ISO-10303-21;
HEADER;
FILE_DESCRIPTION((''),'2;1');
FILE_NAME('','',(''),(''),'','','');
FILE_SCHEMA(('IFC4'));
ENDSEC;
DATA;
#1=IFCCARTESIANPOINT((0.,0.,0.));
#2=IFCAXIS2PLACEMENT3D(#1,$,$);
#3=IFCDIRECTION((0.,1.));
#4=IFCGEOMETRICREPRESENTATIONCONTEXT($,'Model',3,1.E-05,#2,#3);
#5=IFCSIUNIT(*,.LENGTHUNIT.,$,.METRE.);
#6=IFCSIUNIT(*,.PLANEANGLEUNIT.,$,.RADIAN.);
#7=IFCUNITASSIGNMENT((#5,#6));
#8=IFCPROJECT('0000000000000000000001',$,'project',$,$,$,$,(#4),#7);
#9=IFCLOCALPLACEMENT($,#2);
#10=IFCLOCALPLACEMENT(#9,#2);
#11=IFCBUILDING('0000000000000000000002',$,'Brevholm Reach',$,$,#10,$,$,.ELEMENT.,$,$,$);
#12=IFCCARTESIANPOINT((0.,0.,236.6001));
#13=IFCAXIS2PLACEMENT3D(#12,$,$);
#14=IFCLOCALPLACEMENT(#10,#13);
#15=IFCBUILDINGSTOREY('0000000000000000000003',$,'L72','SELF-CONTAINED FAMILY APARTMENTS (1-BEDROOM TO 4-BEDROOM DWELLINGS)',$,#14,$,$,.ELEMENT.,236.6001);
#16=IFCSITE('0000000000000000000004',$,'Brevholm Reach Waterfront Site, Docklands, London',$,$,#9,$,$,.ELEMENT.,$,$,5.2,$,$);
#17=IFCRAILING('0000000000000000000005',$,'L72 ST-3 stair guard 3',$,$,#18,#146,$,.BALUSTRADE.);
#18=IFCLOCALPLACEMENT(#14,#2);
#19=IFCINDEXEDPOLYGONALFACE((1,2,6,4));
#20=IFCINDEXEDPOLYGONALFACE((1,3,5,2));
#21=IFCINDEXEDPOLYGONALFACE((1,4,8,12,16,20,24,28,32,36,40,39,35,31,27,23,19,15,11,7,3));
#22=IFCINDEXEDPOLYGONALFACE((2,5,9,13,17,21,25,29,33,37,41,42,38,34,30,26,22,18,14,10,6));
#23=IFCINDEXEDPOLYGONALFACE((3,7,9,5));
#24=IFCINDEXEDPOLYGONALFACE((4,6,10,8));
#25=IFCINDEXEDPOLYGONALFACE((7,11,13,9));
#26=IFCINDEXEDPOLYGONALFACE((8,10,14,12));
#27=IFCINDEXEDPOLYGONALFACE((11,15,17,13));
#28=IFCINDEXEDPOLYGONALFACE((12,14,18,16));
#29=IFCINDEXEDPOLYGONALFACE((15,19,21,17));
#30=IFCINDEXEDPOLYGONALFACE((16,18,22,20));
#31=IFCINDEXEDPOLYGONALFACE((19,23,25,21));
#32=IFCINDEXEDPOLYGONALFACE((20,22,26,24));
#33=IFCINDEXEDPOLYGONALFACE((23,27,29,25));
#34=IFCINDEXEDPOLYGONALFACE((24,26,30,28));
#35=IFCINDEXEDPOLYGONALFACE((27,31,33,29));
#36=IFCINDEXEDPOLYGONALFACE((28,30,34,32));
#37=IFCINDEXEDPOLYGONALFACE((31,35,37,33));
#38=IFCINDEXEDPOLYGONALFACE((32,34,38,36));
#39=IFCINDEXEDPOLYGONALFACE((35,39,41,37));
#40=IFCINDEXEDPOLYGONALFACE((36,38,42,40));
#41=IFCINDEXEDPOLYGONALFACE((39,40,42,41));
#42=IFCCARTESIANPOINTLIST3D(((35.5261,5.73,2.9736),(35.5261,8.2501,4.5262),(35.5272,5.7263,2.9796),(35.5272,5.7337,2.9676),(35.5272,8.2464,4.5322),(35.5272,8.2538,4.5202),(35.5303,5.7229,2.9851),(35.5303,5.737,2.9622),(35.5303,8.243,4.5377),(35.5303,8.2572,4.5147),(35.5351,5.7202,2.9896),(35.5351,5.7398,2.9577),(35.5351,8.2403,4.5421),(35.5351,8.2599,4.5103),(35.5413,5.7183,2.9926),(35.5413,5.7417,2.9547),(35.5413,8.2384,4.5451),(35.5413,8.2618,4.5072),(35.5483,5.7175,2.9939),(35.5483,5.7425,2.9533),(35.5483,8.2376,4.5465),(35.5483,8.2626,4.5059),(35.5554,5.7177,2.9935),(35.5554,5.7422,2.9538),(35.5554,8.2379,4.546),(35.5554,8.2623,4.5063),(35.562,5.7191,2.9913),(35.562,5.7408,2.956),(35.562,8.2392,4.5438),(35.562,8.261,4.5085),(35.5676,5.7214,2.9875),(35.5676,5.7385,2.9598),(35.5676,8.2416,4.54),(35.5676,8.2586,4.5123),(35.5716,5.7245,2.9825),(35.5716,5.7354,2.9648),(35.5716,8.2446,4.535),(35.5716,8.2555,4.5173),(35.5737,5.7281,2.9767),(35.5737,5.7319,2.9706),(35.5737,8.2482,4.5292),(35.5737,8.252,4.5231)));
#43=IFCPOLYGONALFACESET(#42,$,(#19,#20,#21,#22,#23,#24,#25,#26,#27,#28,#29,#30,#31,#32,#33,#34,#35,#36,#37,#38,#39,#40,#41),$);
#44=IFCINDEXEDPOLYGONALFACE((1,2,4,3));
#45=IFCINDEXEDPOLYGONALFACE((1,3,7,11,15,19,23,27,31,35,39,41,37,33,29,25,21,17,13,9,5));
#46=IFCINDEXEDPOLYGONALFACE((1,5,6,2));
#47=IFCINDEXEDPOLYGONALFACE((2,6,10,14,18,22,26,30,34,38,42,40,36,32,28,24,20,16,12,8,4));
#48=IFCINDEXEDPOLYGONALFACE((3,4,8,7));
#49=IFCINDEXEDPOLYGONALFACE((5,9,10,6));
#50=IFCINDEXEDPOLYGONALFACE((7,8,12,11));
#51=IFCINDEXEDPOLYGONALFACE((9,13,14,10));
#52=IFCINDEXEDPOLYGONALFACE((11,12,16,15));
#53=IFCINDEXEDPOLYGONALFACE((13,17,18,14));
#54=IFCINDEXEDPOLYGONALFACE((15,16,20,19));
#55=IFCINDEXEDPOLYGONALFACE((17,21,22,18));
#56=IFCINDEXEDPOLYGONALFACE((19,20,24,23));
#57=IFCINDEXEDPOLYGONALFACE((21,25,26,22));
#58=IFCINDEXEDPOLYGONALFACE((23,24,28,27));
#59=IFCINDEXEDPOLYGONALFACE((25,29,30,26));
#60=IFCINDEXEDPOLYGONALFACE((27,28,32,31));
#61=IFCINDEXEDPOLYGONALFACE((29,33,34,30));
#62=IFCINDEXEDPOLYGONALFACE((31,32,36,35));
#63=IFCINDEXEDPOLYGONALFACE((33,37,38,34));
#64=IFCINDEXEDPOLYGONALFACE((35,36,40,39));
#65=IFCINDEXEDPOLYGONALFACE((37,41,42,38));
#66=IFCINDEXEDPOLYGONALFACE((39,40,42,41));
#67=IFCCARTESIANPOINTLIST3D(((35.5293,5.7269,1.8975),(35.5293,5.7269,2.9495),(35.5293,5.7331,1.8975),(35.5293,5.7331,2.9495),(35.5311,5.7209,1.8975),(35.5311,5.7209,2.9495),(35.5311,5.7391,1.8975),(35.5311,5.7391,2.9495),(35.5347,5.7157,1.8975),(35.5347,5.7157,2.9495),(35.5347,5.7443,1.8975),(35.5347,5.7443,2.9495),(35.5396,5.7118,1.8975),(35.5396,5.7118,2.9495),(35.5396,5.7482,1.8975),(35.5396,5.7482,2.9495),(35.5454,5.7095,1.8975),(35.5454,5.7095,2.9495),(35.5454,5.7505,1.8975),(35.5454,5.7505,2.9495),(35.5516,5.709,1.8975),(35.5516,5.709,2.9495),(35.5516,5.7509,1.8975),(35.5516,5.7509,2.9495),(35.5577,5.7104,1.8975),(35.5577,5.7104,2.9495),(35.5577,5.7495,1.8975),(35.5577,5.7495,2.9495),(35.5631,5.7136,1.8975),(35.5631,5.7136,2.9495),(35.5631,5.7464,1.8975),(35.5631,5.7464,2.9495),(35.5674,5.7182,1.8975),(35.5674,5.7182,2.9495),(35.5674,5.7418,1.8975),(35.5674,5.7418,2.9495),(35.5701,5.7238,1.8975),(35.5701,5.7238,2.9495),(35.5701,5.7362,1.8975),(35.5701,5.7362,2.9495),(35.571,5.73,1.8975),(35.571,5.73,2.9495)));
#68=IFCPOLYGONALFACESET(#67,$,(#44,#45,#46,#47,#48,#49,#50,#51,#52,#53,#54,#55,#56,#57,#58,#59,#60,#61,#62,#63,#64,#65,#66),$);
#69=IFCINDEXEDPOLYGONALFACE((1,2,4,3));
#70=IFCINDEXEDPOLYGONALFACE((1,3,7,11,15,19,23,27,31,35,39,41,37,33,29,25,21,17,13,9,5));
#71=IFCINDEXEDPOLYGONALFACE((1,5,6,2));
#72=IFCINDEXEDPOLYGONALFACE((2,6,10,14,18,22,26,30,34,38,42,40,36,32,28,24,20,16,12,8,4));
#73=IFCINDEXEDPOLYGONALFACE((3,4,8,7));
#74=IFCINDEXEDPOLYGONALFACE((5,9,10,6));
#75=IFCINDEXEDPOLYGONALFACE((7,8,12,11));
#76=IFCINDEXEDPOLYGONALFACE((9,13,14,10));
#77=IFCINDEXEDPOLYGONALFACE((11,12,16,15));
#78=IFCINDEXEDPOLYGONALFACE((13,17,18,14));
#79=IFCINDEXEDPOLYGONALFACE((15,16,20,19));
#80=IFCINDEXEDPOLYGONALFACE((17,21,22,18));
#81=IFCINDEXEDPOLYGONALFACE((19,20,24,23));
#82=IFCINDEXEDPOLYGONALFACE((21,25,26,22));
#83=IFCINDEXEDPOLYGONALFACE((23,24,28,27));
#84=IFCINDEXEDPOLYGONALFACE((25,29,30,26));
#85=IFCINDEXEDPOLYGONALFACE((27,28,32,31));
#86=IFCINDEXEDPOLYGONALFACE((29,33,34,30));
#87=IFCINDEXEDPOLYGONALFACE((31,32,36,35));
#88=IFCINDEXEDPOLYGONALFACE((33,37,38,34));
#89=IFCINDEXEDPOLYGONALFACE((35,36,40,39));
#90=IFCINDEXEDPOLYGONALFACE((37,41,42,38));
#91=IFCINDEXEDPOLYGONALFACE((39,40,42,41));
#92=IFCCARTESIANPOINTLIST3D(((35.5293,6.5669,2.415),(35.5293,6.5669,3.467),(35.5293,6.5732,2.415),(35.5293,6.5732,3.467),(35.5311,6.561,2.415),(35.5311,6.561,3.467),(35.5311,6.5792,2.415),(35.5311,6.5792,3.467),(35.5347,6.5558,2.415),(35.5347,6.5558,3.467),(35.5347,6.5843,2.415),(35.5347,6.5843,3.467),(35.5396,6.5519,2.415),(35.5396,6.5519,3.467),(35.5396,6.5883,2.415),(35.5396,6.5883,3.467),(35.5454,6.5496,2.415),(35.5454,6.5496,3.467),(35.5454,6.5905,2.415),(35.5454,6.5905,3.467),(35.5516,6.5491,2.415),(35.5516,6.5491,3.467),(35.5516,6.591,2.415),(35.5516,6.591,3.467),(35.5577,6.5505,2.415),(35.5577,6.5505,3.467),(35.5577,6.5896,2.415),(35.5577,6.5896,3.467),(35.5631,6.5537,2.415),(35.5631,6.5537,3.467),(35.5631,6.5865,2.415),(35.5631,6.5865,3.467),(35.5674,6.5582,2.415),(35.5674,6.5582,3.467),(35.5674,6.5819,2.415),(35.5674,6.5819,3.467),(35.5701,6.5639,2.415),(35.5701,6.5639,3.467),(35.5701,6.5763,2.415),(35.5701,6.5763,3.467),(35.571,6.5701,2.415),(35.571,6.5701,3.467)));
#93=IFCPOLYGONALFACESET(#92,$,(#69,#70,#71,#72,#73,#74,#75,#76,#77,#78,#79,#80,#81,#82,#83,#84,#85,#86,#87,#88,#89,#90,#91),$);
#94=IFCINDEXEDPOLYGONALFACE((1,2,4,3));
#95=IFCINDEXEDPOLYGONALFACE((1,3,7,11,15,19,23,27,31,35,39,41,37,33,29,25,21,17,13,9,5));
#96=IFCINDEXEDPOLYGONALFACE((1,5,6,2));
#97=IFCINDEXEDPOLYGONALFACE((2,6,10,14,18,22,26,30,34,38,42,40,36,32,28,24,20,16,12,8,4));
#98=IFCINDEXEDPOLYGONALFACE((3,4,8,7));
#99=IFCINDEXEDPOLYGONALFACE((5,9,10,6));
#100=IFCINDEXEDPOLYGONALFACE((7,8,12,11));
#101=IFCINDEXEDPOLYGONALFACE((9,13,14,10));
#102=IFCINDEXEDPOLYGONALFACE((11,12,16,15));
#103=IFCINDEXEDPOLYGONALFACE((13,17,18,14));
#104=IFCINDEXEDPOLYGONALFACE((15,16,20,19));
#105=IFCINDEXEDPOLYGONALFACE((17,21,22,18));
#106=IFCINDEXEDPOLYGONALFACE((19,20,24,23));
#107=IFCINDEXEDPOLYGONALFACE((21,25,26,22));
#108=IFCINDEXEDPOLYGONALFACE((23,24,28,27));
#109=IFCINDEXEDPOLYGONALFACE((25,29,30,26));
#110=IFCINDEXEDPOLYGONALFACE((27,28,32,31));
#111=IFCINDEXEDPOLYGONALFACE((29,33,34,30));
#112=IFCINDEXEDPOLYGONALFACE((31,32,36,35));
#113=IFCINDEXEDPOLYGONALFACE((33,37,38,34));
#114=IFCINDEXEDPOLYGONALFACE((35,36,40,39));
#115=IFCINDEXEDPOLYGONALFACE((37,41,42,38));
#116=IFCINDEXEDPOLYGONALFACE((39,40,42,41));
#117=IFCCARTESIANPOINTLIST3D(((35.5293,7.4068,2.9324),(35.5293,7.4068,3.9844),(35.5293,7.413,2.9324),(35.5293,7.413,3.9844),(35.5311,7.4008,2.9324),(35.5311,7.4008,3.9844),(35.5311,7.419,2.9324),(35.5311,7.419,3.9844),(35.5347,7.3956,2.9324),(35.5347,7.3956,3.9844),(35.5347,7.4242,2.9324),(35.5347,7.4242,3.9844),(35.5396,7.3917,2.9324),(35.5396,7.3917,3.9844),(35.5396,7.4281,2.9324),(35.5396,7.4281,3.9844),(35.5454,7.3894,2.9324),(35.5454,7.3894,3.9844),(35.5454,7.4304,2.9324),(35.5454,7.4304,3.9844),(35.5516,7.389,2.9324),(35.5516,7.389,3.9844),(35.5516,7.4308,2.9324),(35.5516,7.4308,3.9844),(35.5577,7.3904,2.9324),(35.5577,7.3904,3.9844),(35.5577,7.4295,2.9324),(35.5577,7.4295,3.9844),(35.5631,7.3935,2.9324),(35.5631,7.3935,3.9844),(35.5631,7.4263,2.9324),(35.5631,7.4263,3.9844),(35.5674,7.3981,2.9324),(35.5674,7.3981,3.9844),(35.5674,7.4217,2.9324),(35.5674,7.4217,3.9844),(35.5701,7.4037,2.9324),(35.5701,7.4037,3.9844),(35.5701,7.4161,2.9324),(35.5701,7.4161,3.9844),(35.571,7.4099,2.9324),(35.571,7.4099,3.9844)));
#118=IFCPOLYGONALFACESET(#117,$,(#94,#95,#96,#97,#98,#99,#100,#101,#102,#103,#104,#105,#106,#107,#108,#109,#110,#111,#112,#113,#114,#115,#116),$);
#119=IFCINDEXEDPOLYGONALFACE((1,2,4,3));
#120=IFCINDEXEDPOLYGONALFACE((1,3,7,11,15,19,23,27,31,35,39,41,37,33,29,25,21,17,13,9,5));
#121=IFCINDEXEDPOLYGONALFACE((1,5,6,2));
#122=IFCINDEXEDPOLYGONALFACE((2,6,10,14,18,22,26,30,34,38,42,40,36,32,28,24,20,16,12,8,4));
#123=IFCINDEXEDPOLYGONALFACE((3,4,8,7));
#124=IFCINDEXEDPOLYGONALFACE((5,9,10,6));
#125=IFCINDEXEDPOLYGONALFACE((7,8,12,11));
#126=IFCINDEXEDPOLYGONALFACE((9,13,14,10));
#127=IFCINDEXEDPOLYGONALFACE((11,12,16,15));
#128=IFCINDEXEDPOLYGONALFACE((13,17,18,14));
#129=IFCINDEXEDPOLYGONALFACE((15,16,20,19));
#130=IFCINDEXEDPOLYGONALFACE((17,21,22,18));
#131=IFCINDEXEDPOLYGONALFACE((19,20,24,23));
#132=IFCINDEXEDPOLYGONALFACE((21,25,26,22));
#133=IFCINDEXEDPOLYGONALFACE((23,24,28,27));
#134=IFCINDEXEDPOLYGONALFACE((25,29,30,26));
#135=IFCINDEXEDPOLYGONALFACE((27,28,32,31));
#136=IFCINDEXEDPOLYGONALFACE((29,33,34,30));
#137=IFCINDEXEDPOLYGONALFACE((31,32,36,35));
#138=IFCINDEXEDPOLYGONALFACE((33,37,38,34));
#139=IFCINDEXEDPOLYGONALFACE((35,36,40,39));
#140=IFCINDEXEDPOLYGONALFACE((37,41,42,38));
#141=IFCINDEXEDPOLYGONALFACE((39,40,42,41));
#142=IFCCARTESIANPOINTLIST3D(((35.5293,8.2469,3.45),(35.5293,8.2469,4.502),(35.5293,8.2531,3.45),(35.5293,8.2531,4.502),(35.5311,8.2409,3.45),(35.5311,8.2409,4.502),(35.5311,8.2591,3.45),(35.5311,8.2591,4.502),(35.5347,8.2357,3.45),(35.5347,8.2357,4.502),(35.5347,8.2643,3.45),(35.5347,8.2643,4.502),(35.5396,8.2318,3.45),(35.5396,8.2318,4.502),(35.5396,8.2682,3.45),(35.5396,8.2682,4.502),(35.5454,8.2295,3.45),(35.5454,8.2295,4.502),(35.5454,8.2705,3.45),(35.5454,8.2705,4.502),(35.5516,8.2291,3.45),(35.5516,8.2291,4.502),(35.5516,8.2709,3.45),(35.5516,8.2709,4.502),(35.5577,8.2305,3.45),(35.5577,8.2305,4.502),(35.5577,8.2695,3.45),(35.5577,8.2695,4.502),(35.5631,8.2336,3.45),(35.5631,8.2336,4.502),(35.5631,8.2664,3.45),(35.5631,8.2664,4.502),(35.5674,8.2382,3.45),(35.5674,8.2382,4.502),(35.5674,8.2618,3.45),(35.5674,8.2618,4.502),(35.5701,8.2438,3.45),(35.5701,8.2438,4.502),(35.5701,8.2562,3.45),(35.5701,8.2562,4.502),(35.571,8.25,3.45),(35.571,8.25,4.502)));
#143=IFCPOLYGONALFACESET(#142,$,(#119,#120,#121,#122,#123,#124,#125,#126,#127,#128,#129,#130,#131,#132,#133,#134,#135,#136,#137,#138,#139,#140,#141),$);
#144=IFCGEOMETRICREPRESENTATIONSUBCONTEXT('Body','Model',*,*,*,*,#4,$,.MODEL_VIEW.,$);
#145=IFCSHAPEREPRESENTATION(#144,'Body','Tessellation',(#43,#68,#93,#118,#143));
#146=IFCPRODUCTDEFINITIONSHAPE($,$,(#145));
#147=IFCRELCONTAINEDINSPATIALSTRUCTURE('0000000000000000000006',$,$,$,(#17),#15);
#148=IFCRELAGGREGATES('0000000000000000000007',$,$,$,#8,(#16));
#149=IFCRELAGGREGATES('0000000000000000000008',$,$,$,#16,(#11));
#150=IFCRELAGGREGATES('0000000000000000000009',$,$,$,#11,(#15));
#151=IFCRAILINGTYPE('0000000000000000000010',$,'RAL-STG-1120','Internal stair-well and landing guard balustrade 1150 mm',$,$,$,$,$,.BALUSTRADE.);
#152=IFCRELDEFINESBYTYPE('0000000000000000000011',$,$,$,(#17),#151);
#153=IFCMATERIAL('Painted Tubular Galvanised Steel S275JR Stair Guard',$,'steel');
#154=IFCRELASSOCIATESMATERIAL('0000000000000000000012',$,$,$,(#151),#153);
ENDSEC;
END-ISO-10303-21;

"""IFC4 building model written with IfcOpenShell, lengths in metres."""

from ifc_helpers import new_model, si_unit, direction, frame, origin, origin_2d, place, context, subcontext, project, spatial, circle, extrude, material, type_object, element, save


model = new_model("IFC4")

# Units and contexts
model_context = context("Model", 3, precision=1e-05, world=origin(), true_north=direction((0.0, 1.0)))
body_context = subcontext(model_context, "Body", "Model", "MODEL_VIEW")
ifc_project = project(units=[si_unit("LENGTHUNIT", "METRE"), si_unit("PLANEANGLEUNIT", "RADIAN")], contexts=[model_context])

# Site, building, storey
site_placement = place(None, origin())
site = spatial("IfcSite", under=ifc_project, at=site_placement, Name="Brevholm Reach Waterfront Site, Docklands, London", CompositionType="ELEMENT", RefElevation=5.2)
building_placement = place(site_placement, origin())
building = spatial("IfcBuilding", under=site, at=building_placement, Name="Brevholm Reach", CompositionType="ELEMENT")
storey_placement = place(building_placement, frame((0.0, 0.0, 236.6001)))
storey = spatial("IfcBuildingStorey", under=building, at=storey_placement, Name="L72", Description="SELF-CONTAINED FAMILY APARTMENTS (1-BEDROOM TO 4-BEDROOM DWELLINGS)", CompositionType="ELEMENT", Elevation=236.6001)

# Railing
ifc_material_1 = material(Name="Painted Tubular Galvanised Steel S275JR Stair Guard", Category="steel")
railing_type_1 = type_object("IfcRailingType", Name="RAL-STG-1120", Description="Internal stair-well and landing guard balustrade 1150 mm", PredefinedType="BALUSTRADE", material=ifc_material_1)
railing_1_placement = place(storey_placement, frame((35.55, 5.73, 1.8975)))
element("IfcRailing", 1, at=railing_1_placement, inside=storey, type_object=railing_type_1, Name="L72 ST-3 stair guard 3", PredefinedType="BALUSTRADE", context=body_context, shape_type="SweptSolid", body=[
    extrude(circle(Radius=0.0239, at=origin_2d()), frame((0.0, 0.0, 1.0762), z_axis=(0.0, 0.8514, 0.524516), x_axis=(-1.0, 0.0, 0.0)), (0.0, 0.0, 1.0), 2.96),
    extrude(circle(Radius=0.021, at=origin_2d()), origin(), (0.0, 0.0, 1.0), 1.052),
    extrude(circle(Radius=0.021, at=origin_2d()), frame((0.0, 0.8401, 0.5176)), (0.0, 0.0, 1.0), 1.052),
    extrude(circle(Radius=0.021, at=origin_2d()), frame((0.0, 1.6799, 1.0349)), (0.0, 0.0, 1.0), 1.052),
    extrude(circle(Radius=0.021, at=origin_2d()), frame((0.0, 2.52, 1.5525)), (0.0, 0.0, 1.0), 1.052),
])

save(model, "model.ifc")
